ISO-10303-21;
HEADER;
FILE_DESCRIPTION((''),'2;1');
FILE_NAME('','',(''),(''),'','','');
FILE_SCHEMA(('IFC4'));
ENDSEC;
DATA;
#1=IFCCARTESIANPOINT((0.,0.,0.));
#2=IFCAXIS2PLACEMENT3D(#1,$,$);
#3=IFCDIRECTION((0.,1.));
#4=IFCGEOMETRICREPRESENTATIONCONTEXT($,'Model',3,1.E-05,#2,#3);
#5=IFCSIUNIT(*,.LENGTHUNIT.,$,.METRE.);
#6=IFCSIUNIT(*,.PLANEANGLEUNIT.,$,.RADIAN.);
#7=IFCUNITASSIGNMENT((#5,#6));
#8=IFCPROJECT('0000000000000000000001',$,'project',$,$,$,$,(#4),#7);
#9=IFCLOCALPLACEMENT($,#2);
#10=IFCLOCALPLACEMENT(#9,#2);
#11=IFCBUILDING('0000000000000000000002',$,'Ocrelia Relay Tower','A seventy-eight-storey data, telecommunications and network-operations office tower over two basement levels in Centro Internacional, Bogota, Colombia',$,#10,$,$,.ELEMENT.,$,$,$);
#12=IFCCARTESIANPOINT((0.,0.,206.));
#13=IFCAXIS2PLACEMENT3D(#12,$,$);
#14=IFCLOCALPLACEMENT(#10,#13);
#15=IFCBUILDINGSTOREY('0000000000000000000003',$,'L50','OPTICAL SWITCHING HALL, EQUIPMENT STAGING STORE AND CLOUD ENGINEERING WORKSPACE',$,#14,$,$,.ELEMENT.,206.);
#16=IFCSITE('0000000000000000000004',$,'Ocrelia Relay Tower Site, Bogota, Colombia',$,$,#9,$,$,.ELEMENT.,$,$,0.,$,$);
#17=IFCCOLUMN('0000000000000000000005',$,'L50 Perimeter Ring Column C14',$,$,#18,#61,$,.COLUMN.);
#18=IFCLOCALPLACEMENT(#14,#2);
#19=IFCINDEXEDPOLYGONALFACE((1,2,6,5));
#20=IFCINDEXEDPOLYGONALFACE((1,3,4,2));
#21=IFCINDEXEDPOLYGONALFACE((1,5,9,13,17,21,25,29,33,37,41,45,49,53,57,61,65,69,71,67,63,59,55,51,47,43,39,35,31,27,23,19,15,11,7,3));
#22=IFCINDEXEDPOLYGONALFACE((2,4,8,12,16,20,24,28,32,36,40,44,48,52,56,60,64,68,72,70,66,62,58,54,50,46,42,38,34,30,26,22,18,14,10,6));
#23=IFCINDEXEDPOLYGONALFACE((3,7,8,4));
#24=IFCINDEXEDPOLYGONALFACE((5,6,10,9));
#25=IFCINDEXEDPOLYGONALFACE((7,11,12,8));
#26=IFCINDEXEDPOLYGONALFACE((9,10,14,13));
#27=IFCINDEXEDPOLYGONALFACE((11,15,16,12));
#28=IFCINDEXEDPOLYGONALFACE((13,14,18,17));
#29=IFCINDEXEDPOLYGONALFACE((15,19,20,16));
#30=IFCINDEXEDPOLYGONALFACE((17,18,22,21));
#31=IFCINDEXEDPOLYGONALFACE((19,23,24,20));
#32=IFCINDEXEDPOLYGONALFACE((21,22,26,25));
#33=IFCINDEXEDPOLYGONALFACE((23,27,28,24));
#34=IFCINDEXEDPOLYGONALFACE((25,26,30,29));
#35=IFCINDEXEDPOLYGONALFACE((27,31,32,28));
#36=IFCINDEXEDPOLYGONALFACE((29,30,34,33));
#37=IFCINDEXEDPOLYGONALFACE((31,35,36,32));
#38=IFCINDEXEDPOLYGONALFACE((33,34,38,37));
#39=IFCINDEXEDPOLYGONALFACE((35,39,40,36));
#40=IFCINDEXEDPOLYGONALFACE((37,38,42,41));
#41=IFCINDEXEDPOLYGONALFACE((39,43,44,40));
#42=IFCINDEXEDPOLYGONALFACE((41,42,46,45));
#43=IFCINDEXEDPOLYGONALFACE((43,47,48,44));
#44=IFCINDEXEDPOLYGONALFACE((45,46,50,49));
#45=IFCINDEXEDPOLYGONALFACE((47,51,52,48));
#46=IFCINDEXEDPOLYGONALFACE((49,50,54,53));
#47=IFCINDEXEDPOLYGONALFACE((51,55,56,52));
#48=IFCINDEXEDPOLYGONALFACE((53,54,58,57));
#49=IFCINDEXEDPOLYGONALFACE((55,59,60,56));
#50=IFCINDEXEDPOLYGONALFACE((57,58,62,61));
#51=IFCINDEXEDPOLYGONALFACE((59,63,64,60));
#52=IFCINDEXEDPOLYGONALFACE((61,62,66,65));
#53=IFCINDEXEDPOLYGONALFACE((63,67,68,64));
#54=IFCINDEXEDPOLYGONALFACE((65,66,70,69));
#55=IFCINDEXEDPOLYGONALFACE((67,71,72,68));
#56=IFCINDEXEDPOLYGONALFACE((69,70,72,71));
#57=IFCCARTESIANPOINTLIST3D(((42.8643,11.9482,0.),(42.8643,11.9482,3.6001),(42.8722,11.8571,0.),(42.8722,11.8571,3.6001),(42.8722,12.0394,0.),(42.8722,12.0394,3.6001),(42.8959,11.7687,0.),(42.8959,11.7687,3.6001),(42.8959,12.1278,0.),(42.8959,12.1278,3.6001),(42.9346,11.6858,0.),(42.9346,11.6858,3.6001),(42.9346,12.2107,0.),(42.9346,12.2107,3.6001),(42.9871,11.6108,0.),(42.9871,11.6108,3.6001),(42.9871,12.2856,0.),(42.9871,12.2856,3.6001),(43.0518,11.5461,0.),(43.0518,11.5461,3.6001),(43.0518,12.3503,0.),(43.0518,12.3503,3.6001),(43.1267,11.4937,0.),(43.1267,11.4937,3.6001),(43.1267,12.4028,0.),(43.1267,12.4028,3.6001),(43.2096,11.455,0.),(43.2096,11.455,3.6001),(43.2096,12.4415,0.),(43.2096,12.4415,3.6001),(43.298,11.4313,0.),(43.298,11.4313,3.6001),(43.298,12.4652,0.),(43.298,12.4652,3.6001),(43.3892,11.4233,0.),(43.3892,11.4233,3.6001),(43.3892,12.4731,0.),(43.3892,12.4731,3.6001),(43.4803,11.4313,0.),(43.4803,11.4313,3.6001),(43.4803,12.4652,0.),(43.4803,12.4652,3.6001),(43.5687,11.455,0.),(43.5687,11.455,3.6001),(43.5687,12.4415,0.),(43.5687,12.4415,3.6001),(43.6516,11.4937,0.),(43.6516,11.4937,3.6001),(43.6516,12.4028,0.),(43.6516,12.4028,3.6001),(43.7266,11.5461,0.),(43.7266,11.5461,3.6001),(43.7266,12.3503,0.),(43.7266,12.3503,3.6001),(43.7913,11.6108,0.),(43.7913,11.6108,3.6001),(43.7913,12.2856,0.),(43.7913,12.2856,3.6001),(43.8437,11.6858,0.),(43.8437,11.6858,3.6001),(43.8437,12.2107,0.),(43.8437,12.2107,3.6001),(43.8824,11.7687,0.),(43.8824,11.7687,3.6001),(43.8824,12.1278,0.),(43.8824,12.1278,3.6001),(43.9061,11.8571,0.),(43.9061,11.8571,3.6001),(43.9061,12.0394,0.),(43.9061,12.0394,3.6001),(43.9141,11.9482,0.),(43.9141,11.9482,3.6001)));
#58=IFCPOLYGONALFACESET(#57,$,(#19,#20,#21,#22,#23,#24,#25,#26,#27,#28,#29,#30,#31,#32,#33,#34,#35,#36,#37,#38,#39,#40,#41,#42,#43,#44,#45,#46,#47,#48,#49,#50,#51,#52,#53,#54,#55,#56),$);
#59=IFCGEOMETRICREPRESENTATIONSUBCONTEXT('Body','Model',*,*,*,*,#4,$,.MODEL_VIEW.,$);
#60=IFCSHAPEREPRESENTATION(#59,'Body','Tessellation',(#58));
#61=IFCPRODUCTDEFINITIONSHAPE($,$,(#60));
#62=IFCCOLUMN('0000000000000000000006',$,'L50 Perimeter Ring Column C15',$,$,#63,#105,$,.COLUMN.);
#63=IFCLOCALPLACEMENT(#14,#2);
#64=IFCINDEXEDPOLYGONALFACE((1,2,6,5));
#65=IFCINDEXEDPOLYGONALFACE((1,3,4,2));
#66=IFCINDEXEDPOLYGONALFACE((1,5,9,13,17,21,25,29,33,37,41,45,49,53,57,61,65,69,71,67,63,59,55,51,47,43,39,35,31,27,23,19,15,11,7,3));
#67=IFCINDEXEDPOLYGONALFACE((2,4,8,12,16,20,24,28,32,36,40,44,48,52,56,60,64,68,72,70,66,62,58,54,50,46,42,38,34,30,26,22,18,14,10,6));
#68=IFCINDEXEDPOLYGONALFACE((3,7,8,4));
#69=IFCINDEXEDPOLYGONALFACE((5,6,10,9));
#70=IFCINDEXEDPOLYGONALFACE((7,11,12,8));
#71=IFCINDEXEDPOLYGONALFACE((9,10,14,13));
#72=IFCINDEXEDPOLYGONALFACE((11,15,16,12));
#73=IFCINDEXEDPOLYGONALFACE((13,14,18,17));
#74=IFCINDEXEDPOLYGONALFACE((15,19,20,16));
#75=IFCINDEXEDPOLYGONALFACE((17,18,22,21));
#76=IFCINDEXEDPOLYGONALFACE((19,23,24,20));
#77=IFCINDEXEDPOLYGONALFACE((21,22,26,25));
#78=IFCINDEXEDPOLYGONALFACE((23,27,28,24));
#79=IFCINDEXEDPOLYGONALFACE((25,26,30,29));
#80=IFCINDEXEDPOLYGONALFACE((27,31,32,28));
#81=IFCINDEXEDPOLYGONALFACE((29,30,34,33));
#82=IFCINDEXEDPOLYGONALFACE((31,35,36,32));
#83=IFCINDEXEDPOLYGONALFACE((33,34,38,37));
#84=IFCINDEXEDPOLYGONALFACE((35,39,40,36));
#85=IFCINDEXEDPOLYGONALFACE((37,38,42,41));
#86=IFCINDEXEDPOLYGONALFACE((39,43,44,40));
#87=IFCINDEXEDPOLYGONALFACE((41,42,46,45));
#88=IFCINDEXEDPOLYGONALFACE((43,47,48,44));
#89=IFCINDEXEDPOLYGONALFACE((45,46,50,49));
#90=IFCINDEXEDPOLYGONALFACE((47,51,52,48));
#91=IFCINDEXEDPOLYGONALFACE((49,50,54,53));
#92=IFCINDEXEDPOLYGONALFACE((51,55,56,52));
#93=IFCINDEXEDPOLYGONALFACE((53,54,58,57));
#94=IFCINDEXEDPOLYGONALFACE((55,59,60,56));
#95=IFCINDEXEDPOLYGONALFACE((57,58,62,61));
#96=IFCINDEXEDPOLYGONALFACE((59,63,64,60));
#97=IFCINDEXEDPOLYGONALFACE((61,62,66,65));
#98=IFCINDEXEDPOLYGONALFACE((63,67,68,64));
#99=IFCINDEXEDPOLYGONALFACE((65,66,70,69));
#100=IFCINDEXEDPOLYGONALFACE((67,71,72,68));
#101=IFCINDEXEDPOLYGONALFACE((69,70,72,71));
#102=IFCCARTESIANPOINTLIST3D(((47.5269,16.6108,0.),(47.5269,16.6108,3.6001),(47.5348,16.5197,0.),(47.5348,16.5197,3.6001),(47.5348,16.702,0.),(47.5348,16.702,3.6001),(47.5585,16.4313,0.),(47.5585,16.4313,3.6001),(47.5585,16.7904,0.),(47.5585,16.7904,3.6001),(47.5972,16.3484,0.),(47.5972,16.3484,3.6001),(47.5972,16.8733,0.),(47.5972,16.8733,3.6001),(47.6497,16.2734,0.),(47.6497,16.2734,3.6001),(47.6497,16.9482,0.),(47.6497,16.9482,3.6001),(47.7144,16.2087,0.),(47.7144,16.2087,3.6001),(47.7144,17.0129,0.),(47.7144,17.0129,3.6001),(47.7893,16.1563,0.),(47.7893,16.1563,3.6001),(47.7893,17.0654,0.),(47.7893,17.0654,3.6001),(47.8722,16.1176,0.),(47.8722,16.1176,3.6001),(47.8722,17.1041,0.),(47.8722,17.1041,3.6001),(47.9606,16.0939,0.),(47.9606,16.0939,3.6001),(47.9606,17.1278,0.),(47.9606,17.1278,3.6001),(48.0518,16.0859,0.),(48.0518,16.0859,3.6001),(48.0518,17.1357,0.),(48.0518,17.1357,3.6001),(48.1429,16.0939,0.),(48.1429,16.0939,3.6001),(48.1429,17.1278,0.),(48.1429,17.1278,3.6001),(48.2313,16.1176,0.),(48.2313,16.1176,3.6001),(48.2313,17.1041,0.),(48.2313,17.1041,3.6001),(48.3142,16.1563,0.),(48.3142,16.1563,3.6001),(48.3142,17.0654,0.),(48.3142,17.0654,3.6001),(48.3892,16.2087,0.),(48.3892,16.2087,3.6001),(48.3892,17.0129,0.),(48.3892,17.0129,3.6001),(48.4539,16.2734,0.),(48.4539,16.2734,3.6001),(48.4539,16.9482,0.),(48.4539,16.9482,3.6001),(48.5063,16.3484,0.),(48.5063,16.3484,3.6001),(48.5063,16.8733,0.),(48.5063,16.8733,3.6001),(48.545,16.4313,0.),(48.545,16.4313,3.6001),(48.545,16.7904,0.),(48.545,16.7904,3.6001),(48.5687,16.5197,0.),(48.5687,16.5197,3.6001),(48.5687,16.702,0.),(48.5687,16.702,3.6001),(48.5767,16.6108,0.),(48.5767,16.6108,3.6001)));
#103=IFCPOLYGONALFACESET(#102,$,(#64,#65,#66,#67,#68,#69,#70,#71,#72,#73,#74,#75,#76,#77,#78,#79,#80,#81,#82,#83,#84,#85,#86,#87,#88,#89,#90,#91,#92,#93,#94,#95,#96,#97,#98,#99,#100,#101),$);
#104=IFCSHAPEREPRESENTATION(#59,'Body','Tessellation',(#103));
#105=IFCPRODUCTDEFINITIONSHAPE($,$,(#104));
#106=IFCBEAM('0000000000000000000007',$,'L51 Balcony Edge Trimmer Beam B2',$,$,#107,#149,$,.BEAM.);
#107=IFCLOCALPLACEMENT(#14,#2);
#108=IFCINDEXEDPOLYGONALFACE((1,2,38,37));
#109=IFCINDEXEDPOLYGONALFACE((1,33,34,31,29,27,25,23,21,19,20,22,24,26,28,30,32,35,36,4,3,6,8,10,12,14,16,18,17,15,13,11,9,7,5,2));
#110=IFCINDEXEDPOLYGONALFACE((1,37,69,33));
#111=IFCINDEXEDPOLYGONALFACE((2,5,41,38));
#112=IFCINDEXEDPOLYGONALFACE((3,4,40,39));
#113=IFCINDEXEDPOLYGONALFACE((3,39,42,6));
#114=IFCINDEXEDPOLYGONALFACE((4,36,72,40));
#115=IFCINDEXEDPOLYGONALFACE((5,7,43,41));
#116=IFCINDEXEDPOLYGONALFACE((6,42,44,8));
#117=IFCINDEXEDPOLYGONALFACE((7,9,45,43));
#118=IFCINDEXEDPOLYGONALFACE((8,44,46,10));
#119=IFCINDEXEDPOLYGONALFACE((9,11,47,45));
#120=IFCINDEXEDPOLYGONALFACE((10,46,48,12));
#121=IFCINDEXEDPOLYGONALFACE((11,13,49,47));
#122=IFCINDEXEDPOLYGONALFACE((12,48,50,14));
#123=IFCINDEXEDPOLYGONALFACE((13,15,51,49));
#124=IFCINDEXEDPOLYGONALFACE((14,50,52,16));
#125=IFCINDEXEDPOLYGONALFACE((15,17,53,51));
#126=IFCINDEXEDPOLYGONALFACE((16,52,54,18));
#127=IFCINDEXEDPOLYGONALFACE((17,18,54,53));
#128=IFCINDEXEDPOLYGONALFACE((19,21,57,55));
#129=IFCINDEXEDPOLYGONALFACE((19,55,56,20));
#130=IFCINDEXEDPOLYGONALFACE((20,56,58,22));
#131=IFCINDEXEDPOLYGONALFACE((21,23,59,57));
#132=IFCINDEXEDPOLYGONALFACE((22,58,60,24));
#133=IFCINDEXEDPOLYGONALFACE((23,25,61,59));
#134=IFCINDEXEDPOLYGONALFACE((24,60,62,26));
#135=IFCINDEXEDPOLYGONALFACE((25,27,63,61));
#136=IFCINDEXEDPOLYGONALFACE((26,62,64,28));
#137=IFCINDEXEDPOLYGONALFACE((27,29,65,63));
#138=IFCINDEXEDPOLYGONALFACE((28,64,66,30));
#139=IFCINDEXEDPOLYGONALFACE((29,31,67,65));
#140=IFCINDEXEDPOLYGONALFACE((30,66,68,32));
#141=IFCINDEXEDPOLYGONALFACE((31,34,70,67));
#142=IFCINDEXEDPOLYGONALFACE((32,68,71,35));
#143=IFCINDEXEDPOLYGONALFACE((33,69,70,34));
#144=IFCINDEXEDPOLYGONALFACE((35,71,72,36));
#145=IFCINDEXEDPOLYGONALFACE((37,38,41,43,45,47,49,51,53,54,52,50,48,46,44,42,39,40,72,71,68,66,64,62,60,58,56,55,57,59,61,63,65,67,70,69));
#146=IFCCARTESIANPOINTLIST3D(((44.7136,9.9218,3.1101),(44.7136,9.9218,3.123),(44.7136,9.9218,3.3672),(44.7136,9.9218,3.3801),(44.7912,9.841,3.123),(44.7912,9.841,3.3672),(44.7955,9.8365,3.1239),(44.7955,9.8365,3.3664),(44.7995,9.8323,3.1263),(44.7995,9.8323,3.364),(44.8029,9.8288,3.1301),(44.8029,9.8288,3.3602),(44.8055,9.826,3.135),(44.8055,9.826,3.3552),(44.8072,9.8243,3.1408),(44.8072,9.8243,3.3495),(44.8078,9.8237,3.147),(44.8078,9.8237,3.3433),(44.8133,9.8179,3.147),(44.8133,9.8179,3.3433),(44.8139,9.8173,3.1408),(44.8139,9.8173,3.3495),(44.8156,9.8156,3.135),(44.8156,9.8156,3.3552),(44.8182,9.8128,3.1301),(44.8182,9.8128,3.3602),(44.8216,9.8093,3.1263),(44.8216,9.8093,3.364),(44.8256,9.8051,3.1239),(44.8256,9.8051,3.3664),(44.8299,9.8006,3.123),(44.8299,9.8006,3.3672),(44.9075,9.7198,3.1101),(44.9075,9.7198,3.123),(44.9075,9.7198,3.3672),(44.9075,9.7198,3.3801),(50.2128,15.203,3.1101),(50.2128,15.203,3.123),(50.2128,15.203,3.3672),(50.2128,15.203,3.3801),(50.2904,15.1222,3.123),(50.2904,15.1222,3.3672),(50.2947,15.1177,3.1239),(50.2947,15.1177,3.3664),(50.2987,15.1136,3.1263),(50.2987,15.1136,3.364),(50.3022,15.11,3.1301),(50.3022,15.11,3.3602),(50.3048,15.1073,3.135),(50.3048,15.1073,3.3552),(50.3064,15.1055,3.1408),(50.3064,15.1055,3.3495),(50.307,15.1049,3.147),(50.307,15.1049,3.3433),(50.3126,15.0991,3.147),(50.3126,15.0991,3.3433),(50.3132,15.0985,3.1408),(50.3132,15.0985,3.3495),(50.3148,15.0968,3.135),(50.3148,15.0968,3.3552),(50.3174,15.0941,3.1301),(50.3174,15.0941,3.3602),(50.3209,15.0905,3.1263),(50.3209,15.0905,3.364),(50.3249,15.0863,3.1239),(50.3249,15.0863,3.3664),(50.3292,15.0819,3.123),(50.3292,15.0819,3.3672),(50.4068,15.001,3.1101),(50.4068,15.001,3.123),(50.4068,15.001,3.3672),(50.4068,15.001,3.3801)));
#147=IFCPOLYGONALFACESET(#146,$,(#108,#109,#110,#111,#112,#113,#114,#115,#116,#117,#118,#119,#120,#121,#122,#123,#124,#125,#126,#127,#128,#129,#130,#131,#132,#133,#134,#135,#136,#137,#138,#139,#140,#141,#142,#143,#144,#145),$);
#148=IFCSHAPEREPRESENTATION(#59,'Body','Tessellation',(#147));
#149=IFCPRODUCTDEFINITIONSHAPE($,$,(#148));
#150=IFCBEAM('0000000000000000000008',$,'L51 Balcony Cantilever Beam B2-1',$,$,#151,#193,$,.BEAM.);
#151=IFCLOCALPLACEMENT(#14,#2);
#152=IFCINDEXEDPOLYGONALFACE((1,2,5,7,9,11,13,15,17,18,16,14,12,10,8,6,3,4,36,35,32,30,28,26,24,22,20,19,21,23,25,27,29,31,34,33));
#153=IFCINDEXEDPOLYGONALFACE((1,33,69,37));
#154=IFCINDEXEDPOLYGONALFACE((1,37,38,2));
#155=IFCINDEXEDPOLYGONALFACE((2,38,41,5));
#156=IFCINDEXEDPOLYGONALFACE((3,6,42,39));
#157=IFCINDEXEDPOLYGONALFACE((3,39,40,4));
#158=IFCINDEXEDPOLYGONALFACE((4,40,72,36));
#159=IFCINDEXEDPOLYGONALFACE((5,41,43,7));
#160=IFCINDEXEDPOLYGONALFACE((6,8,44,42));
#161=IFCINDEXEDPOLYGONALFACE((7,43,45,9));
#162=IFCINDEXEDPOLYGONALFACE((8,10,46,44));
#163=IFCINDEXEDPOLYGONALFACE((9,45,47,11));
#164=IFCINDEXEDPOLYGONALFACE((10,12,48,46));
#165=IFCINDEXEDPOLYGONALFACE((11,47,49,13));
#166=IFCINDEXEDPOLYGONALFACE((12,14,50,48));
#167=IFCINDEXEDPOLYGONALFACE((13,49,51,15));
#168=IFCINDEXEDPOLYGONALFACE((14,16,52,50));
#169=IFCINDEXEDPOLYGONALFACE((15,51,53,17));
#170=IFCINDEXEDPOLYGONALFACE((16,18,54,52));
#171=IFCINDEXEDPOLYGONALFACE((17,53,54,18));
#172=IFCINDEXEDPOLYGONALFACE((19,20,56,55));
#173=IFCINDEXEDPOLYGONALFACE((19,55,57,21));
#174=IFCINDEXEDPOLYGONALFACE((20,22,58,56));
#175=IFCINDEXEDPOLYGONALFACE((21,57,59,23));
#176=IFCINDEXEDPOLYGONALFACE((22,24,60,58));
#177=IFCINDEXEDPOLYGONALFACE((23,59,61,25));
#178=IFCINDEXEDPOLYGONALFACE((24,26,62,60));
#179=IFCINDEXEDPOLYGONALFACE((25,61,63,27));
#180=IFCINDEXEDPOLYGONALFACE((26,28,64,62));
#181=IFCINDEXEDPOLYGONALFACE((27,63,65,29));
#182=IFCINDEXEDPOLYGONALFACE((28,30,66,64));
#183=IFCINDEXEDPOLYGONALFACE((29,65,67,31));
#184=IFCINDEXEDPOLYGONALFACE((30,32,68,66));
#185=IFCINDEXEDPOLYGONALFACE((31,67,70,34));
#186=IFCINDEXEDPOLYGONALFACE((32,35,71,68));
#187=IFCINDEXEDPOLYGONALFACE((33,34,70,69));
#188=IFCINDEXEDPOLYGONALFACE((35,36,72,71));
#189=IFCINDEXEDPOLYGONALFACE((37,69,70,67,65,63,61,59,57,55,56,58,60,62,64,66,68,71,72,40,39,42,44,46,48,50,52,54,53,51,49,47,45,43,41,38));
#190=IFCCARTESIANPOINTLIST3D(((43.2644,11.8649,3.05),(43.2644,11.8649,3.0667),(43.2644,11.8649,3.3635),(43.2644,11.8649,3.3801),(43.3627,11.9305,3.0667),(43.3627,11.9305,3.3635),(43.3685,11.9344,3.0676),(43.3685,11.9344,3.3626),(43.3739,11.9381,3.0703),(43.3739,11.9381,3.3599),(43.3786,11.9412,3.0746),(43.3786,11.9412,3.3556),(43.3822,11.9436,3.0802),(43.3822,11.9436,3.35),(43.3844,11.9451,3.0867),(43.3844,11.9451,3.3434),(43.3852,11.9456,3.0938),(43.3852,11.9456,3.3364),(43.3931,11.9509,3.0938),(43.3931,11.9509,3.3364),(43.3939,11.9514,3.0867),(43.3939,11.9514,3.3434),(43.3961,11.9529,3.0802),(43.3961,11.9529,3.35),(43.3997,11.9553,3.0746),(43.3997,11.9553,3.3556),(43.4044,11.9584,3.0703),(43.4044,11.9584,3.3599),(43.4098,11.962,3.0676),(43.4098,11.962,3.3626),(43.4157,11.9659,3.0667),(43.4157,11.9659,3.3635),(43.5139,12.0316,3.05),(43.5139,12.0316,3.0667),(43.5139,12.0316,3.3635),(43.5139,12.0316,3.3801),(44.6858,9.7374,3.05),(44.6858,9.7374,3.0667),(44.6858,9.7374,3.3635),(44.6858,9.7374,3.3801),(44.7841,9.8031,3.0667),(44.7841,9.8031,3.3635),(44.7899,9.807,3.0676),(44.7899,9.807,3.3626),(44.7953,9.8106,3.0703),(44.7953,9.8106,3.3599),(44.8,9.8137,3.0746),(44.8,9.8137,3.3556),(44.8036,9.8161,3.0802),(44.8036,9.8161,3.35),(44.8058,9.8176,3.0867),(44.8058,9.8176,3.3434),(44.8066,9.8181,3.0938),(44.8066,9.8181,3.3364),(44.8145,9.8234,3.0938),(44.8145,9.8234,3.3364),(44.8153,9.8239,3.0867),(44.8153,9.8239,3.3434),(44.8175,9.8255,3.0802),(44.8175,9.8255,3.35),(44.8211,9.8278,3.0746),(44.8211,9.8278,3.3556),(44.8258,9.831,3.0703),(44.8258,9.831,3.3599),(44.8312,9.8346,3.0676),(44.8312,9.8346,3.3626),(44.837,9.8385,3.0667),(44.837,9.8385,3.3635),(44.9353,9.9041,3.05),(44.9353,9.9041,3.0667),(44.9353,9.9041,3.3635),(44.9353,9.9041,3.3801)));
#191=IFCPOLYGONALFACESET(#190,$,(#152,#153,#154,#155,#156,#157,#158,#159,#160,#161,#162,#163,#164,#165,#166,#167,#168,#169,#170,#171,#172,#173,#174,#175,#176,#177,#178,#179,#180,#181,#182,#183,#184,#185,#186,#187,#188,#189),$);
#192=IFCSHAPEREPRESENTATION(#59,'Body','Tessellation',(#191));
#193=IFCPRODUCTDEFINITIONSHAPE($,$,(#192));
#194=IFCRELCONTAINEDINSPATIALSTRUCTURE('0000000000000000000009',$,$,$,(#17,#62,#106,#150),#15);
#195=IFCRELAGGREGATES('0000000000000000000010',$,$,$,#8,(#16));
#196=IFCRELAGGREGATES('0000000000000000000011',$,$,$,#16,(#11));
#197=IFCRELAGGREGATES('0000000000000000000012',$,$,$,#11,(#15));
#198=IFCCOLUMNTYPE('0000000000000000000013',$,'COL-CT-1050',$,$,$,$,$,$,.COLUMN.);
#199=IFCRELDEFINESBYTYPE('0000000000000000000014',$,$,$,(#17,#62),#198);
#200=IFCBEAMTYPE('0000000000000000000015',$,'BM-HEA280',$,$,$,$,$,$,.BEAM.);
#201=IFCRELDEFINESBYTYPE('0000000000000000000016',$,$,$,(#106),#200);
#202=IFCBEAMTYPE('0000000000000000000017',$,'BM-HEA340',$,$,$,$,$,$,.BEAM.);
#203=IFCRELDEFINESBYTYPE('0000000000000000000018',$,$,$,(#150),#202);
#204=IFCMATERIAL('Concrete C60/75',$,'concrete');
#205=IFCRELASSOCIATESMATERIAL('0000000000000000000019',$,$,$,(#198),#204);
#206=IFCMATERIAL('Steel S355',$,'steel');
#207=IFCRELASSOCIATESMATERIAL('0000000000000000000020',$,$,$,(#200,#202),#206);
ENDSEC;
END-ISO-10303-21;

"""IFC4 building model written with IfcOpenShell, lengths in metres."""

from ifc_helpers import new_model, si_unit, direction, frame, origin, origin_2d, place, context, subcontext, project, spatial, circle, i_section, extrude, material, material_profile, profile_set, type_object, element, save


model = new_model("IFC4")

# Units and contexts
model_context = context("Model", 3, precision=1e-05, world=origin(), true_north=direction((0.0, 1.0)))
body_context = subcontext(model_context, "Body", "Model", "MODEL_VIEW")
ifc_project = project(units=[si_unit("LENGTHUNIT", "METRE"), si_unit("PLANEANGLEUNIT", "RADIAN")], contexts=[model_context])

# Site, building, storey
site_placement = place(None, origin())
site = spatial("IfcSite", under=ifc_project, at=site_placement, Name="Ocrelia Relay Tower Site, Bogota, Colombia", CompositionType="ELEMENT", RefElevation=0.0)
building_placement = place(site_placement, origin())
building = spatial("IfcBuilding", under=site, at=building_placement, Name="Ocrelia Relay Tower", Description="A seventy-eight-storey data, telecommunications and network-operations office tower over two basement levels in Centro Internacional, Bogota, Colombia", CompositionType="ELEMENT")
storey_placement = place(building_placement, frame((0.0, 0.0, 206.0)))
storey = spatial("IfcBuildingStorey", under=building, at=storey_placement, Name="L50", Description="OPTICAL SWITCHING HALL, EQUIPMENT STAGING STORE AND CLOUD ENGINEERING WORKSPACE", CompositionType="ELEMENT", Elevation=206.0)

# Columns
ifc_material_1 = material(Name="Concrete C60/75", Category="concrete")
ifc_material_profile_1 = material_profile(ifc_material_1, circle(Radius=0.5249, at=origin_2d()), Name="RC-CIR-1050")
ifc_profile_set_1 = profile_set([ifc_material_profile_1], Name="Concrete C60/75")
column_type = type_object("IfcColumnType", Name="COL-CT-1050", PredefinedType="COLUMN", material=ifc_profile_set_1)
for number, where, z_axis, x_axis, name in (
    (1, (43.3892, 11.9482, 0.0), (0.0, 0.0, 1.0), (1.0, 0.0, 0.0), "L50 Perimeter Ring Column C14"),
    (2, (48.0518, 16.6108, 0.0), (0.0, 0.0, 1.0), (1.0, 0.0, 0.0), "L50 Perimeter Ring Column C15"),
):
    element("IfcColumn", number, at=place(storey_placement, frame(where, z_axis=z_axis, x_axis=x_axis)), inside=storey, type_object=column_type, Name=name, PredefinedType="COLUMN", context=body_context, shape_type="SweptSolid", body=[
        extrude(circle(Radius=0.5249, at=origin_2d()), origin(), (0.0, 0.0, 1.0), 3.6001),
    ])

# Beams
ifc_material_2 = material(Name="Steel S355", Category="steel")
ifc_material_profile_2 = material_profile(ifc_material_2, i_section(OverallWidth=0.28, OverallDepth=0.27, WebThickness=0.0081, FlangeThickness=0.0129, FilletRadius=0.0239, at=origin_2d()), Name="HEA 280")
ifc_profile_set_2 = profile_set([ifc_material_profile_2], Name="Steel S355")
beam_type_1 = type_object("IfcBeamType", Name="BM-HEA280", PredefinedType="BEAM", material=ifc_profile_set_2)
beam_1_placement = place(storey_placement, frame((44.8105, 9.8208, 3.2451), z_axis=(0.721259, 0.692665, 0.0), x_axis=(-0.692665, 0.721259, 0.0)))
element("IfcBeam", 3, at=beam_1_placement, inside=storey, type_object=beam_type_1, Name="L51 Balcony Edge Trimmer Beam B2", PredefinedType="BEAM", context=body_context, shape_type="SweptSolid", body=[
    extrude(i_section(OverallWidth=0.28, OverallDepth=0.27, WebThickness=0.0081, FlangeThickness=0.0129, FilletRadius=0.0239, at=origin_2d()), origin(), (0.0, 0.0, 1.0), 7.6245),
])
ifc_material_profile_3 = material_profile(ifc_material_2, i_section(OverallWidth=0.3, OverallDepth=0.3301, WebThickness=0.0095, FlangeThickness=0.0166, FilletRadius=0.0271, at=origin_2d()), Name="HEA 340")
ifc_profile_set_3 = profile_set([ifc_material_profile_3], Name="Steel S355")
beam_type_2 = type_object("IfcBeamType", Name="BM-HEA340", PredefinedType="BEAM", material=ifc_profile_set_3)
beam_2_placement = place(storey_placement, frame((43.3892, 11.9482, 3.2151), z_axis=(0.555537, -0.831492, 0.0), x_axis=(0.831492, 0.555537, 0.0)))
element("IfcBeam", 4, at=beam_2_placement, inside=storey, type_object=beam_type_2, Name="L51 Balcony Cantilever Beam B2-1", PredefinedType="BEAM", context=body_context, shape_type="SweptSolid", body=[
    extrude(i_section(OverallWidth=0.3, OverallDepth=0.3301, WebThickness=0.0095, FlangeThickness=0.0166, FilletRadius=0.0271, at=origin_2d()), origin(), (0.0, 0.0, 1.0), 2.5586),
])

save(model, "model.ifc")
